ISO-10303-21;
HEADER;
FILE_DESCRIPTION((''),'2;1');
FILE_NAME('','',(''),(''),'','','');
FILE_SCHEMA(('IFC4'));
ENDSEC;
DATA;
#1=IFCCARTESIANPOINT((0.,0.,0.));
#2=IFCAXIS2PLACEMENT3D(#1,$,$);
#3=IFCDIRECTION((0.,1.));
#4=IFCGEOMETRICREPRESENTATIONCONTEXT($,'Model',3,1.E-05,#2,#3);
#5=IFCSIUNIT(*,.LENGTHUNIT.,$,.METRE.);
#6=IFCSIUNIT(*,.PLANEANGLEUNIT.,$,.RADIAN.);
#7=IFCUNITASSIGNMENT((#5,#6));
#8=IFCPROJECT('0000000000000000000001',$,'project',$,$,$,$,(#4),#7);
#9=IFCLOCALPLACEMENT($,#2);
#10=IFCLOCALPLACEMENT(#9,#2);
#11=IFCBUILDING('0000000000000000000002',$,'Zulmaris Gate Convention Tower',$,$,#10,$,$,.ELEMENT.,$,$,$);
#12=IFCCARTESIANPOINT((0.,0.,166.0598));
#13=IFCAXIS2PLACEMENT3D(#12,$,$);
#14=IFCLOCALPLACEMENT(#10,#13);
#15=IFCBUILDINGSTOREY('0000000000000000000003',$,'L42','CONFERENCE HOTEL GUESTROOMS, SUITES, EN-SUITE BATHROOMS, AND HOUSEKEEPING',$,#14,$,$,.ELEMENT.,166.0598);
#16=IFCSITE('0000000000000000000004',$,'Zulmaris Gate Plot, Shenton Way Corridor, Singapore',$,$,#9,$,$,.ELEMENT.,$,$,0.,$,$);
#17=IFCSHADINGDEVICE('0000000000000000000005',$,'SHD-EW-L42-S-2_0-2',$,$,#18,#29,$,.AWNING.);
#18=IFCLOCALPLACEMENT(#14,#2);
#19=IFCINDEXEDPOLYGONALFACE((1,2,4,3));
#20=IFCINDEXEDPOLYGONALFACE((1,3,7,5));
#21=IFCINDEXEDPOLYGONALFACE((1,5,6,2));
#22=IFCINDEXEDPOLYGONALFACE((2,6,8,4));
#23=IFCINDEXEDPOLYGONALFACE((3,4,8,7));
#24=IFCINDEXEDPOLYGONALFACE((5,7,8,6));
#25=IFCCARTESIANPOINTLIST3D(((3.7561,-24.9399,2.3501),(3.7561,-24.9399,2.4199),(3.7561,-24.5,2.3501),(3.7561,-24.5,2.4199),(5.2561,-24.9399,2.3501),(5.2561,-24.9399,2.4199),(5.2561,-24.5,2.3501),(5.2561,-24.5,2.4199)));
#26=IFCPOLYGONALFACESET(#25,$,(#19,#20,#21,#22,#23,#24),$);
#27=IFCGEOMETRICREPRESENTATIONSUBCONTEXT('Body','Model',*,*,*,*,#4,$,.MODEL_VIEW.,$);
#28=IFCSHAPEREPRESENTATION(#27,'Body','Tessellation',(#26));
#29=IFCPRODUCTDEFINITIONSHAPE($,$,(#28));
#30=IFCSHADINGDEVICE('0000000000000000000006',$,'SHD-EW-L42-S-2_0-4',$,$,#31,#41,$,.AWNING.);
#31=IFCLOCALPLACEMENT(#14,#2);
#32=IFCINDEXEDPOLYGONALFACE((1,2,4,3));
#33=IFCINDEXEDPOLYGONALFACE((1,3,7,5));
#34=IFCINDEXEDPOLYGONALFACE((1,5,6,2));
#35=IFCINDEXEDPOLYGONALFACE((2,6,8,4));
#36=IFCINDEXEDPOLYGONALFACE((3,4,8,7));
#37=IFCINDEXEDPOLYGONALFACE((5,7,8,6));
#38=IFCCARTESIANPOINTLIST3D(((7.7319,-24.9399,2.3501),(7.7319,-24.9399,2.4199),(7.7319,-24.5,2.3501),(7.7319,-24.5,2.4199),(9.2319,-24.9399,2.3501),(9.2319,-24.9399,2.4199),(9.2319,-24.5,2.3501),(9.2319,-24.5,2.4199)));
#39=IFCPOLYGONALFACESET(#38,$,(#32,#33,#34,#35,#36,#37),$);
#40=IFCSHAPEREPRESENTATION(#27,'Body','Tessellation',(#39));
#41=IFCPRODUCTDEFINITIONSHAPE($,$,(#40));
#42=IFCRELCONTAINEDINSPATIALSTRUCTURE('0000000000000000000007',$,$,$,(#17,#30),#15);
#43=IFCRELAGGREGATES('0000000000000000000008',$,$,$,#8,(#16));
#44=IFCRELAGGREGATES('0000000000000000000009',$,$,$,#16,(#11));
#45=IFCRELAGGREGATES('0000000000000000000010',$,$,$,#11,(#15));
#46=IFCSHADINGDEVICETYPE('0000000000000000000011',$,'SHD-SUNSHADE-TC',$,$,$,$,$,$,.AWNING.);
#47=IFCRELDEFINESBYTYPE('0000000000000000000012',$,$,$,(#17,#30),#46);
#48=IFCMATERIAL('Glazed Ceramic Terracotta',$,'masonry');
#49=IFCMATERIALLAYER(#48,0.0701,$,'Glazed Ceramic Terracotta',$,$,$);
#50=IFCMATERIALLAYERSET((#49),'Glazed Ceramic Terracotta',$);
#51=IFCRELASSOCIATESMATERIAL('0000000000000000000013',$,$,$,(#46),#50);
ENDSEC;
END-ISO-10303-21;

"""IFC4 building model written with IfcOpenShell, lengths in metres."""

from ifc_helpers import new_model, si_unit, direction, frame, frame_2d, origin, place, context, subcontext, project, spatial, rectangle, extrude, material, layer, layer_set, type_object, element, save


model = new_model("IFC4")

# Units and contexts
model_context = context("Model", 3, precision=1e-05, world=origin(), true_north=direction((0.0, 1.0)))
body_context = subcontext(model_context, "Body", "Model", "MODEL_VIEW")
ifc_project = project(units=[si_unit("LENGTHUNIT", "METRE"), si_unit("PLANEANGLEUNIT", "RADIAN")], contexts=[model_context])

# Site, building, storey
site_placement = place(None, origin())
site = spatial("IfcSite", under=ifc_project, at=site_placement, Name="Zulmaris Gate Plot, Shenton Way Corridor, Singapore", CompositionType="ELEMENT", RefElevation=0.0)
building_placement = place(site_placement, origin())
building = spatial("IfcBuilding", under=site, at=building_placement, Name="Zulmaris Gate Convention Tower", CompositionType="ELEMENT")
storey_placement = place(building_placement, frame((0.0, 0.0, 166.0598)))
storey = spatial("IfcBuildingStorey", under=building, at=storey_placement, Name="L42", Description="CONFERENCE HOTEL GUESTROOMS, SUITES, EN-SUITE BATHROOMS, AND HOUSEKEEPING", CompositionType="ELEMENT", Elevation=166.0598)

# Shading devices
ifc_material_1 = material(Name="Glazed Ceramic Terracotta", Category="masonry")
ifc_layer_1 = layer(ifc_material_1, 0.0701, Name="Glazed Ceramic Terracotta")
ifc_layer_set_1 = layer_set([ifc_layer_1], Name="Glazed Ceramic Terracotta")
shading_device_type = type_object("IfcShadingDeviceType", Name="SHD-SUNSHADE-TC", PredefinedType="AWNING", material=ifc_layer_set_1)
for number, where, z_axis, x_axis, name in (
    (1, (3.7561, -24.72, 2.3501), (0.0, 0.0, 1.0), (1.0, 0.0, 0.0), "SHD-EW-L42-S-2_0-2"),
    (2, (7.7319, -24.72, 2.3501), (0.0, 0.0, 1.0), (1.0, 0.0, 0.0), "SHD-EW-L42-S-2_0-4"),
):
    element("IfcShadingDevice", number, at=place(storey_placement, frame(where, z_axis=z_axis, x_axis=x_axis)), inside=storey, type_object=shading_device_type, Name=name, PredefinedType="AWNING", context=body_context, shape_type="SweptSolid", body=[
        extrude(rectangle(XDim=1.5, YDim=0.4399, at=frame_2d((0.75, 0.0))), origin(), (0.0, 0.0, 1.0), 0.0698),
    ])

save(model, "model.ifc")
